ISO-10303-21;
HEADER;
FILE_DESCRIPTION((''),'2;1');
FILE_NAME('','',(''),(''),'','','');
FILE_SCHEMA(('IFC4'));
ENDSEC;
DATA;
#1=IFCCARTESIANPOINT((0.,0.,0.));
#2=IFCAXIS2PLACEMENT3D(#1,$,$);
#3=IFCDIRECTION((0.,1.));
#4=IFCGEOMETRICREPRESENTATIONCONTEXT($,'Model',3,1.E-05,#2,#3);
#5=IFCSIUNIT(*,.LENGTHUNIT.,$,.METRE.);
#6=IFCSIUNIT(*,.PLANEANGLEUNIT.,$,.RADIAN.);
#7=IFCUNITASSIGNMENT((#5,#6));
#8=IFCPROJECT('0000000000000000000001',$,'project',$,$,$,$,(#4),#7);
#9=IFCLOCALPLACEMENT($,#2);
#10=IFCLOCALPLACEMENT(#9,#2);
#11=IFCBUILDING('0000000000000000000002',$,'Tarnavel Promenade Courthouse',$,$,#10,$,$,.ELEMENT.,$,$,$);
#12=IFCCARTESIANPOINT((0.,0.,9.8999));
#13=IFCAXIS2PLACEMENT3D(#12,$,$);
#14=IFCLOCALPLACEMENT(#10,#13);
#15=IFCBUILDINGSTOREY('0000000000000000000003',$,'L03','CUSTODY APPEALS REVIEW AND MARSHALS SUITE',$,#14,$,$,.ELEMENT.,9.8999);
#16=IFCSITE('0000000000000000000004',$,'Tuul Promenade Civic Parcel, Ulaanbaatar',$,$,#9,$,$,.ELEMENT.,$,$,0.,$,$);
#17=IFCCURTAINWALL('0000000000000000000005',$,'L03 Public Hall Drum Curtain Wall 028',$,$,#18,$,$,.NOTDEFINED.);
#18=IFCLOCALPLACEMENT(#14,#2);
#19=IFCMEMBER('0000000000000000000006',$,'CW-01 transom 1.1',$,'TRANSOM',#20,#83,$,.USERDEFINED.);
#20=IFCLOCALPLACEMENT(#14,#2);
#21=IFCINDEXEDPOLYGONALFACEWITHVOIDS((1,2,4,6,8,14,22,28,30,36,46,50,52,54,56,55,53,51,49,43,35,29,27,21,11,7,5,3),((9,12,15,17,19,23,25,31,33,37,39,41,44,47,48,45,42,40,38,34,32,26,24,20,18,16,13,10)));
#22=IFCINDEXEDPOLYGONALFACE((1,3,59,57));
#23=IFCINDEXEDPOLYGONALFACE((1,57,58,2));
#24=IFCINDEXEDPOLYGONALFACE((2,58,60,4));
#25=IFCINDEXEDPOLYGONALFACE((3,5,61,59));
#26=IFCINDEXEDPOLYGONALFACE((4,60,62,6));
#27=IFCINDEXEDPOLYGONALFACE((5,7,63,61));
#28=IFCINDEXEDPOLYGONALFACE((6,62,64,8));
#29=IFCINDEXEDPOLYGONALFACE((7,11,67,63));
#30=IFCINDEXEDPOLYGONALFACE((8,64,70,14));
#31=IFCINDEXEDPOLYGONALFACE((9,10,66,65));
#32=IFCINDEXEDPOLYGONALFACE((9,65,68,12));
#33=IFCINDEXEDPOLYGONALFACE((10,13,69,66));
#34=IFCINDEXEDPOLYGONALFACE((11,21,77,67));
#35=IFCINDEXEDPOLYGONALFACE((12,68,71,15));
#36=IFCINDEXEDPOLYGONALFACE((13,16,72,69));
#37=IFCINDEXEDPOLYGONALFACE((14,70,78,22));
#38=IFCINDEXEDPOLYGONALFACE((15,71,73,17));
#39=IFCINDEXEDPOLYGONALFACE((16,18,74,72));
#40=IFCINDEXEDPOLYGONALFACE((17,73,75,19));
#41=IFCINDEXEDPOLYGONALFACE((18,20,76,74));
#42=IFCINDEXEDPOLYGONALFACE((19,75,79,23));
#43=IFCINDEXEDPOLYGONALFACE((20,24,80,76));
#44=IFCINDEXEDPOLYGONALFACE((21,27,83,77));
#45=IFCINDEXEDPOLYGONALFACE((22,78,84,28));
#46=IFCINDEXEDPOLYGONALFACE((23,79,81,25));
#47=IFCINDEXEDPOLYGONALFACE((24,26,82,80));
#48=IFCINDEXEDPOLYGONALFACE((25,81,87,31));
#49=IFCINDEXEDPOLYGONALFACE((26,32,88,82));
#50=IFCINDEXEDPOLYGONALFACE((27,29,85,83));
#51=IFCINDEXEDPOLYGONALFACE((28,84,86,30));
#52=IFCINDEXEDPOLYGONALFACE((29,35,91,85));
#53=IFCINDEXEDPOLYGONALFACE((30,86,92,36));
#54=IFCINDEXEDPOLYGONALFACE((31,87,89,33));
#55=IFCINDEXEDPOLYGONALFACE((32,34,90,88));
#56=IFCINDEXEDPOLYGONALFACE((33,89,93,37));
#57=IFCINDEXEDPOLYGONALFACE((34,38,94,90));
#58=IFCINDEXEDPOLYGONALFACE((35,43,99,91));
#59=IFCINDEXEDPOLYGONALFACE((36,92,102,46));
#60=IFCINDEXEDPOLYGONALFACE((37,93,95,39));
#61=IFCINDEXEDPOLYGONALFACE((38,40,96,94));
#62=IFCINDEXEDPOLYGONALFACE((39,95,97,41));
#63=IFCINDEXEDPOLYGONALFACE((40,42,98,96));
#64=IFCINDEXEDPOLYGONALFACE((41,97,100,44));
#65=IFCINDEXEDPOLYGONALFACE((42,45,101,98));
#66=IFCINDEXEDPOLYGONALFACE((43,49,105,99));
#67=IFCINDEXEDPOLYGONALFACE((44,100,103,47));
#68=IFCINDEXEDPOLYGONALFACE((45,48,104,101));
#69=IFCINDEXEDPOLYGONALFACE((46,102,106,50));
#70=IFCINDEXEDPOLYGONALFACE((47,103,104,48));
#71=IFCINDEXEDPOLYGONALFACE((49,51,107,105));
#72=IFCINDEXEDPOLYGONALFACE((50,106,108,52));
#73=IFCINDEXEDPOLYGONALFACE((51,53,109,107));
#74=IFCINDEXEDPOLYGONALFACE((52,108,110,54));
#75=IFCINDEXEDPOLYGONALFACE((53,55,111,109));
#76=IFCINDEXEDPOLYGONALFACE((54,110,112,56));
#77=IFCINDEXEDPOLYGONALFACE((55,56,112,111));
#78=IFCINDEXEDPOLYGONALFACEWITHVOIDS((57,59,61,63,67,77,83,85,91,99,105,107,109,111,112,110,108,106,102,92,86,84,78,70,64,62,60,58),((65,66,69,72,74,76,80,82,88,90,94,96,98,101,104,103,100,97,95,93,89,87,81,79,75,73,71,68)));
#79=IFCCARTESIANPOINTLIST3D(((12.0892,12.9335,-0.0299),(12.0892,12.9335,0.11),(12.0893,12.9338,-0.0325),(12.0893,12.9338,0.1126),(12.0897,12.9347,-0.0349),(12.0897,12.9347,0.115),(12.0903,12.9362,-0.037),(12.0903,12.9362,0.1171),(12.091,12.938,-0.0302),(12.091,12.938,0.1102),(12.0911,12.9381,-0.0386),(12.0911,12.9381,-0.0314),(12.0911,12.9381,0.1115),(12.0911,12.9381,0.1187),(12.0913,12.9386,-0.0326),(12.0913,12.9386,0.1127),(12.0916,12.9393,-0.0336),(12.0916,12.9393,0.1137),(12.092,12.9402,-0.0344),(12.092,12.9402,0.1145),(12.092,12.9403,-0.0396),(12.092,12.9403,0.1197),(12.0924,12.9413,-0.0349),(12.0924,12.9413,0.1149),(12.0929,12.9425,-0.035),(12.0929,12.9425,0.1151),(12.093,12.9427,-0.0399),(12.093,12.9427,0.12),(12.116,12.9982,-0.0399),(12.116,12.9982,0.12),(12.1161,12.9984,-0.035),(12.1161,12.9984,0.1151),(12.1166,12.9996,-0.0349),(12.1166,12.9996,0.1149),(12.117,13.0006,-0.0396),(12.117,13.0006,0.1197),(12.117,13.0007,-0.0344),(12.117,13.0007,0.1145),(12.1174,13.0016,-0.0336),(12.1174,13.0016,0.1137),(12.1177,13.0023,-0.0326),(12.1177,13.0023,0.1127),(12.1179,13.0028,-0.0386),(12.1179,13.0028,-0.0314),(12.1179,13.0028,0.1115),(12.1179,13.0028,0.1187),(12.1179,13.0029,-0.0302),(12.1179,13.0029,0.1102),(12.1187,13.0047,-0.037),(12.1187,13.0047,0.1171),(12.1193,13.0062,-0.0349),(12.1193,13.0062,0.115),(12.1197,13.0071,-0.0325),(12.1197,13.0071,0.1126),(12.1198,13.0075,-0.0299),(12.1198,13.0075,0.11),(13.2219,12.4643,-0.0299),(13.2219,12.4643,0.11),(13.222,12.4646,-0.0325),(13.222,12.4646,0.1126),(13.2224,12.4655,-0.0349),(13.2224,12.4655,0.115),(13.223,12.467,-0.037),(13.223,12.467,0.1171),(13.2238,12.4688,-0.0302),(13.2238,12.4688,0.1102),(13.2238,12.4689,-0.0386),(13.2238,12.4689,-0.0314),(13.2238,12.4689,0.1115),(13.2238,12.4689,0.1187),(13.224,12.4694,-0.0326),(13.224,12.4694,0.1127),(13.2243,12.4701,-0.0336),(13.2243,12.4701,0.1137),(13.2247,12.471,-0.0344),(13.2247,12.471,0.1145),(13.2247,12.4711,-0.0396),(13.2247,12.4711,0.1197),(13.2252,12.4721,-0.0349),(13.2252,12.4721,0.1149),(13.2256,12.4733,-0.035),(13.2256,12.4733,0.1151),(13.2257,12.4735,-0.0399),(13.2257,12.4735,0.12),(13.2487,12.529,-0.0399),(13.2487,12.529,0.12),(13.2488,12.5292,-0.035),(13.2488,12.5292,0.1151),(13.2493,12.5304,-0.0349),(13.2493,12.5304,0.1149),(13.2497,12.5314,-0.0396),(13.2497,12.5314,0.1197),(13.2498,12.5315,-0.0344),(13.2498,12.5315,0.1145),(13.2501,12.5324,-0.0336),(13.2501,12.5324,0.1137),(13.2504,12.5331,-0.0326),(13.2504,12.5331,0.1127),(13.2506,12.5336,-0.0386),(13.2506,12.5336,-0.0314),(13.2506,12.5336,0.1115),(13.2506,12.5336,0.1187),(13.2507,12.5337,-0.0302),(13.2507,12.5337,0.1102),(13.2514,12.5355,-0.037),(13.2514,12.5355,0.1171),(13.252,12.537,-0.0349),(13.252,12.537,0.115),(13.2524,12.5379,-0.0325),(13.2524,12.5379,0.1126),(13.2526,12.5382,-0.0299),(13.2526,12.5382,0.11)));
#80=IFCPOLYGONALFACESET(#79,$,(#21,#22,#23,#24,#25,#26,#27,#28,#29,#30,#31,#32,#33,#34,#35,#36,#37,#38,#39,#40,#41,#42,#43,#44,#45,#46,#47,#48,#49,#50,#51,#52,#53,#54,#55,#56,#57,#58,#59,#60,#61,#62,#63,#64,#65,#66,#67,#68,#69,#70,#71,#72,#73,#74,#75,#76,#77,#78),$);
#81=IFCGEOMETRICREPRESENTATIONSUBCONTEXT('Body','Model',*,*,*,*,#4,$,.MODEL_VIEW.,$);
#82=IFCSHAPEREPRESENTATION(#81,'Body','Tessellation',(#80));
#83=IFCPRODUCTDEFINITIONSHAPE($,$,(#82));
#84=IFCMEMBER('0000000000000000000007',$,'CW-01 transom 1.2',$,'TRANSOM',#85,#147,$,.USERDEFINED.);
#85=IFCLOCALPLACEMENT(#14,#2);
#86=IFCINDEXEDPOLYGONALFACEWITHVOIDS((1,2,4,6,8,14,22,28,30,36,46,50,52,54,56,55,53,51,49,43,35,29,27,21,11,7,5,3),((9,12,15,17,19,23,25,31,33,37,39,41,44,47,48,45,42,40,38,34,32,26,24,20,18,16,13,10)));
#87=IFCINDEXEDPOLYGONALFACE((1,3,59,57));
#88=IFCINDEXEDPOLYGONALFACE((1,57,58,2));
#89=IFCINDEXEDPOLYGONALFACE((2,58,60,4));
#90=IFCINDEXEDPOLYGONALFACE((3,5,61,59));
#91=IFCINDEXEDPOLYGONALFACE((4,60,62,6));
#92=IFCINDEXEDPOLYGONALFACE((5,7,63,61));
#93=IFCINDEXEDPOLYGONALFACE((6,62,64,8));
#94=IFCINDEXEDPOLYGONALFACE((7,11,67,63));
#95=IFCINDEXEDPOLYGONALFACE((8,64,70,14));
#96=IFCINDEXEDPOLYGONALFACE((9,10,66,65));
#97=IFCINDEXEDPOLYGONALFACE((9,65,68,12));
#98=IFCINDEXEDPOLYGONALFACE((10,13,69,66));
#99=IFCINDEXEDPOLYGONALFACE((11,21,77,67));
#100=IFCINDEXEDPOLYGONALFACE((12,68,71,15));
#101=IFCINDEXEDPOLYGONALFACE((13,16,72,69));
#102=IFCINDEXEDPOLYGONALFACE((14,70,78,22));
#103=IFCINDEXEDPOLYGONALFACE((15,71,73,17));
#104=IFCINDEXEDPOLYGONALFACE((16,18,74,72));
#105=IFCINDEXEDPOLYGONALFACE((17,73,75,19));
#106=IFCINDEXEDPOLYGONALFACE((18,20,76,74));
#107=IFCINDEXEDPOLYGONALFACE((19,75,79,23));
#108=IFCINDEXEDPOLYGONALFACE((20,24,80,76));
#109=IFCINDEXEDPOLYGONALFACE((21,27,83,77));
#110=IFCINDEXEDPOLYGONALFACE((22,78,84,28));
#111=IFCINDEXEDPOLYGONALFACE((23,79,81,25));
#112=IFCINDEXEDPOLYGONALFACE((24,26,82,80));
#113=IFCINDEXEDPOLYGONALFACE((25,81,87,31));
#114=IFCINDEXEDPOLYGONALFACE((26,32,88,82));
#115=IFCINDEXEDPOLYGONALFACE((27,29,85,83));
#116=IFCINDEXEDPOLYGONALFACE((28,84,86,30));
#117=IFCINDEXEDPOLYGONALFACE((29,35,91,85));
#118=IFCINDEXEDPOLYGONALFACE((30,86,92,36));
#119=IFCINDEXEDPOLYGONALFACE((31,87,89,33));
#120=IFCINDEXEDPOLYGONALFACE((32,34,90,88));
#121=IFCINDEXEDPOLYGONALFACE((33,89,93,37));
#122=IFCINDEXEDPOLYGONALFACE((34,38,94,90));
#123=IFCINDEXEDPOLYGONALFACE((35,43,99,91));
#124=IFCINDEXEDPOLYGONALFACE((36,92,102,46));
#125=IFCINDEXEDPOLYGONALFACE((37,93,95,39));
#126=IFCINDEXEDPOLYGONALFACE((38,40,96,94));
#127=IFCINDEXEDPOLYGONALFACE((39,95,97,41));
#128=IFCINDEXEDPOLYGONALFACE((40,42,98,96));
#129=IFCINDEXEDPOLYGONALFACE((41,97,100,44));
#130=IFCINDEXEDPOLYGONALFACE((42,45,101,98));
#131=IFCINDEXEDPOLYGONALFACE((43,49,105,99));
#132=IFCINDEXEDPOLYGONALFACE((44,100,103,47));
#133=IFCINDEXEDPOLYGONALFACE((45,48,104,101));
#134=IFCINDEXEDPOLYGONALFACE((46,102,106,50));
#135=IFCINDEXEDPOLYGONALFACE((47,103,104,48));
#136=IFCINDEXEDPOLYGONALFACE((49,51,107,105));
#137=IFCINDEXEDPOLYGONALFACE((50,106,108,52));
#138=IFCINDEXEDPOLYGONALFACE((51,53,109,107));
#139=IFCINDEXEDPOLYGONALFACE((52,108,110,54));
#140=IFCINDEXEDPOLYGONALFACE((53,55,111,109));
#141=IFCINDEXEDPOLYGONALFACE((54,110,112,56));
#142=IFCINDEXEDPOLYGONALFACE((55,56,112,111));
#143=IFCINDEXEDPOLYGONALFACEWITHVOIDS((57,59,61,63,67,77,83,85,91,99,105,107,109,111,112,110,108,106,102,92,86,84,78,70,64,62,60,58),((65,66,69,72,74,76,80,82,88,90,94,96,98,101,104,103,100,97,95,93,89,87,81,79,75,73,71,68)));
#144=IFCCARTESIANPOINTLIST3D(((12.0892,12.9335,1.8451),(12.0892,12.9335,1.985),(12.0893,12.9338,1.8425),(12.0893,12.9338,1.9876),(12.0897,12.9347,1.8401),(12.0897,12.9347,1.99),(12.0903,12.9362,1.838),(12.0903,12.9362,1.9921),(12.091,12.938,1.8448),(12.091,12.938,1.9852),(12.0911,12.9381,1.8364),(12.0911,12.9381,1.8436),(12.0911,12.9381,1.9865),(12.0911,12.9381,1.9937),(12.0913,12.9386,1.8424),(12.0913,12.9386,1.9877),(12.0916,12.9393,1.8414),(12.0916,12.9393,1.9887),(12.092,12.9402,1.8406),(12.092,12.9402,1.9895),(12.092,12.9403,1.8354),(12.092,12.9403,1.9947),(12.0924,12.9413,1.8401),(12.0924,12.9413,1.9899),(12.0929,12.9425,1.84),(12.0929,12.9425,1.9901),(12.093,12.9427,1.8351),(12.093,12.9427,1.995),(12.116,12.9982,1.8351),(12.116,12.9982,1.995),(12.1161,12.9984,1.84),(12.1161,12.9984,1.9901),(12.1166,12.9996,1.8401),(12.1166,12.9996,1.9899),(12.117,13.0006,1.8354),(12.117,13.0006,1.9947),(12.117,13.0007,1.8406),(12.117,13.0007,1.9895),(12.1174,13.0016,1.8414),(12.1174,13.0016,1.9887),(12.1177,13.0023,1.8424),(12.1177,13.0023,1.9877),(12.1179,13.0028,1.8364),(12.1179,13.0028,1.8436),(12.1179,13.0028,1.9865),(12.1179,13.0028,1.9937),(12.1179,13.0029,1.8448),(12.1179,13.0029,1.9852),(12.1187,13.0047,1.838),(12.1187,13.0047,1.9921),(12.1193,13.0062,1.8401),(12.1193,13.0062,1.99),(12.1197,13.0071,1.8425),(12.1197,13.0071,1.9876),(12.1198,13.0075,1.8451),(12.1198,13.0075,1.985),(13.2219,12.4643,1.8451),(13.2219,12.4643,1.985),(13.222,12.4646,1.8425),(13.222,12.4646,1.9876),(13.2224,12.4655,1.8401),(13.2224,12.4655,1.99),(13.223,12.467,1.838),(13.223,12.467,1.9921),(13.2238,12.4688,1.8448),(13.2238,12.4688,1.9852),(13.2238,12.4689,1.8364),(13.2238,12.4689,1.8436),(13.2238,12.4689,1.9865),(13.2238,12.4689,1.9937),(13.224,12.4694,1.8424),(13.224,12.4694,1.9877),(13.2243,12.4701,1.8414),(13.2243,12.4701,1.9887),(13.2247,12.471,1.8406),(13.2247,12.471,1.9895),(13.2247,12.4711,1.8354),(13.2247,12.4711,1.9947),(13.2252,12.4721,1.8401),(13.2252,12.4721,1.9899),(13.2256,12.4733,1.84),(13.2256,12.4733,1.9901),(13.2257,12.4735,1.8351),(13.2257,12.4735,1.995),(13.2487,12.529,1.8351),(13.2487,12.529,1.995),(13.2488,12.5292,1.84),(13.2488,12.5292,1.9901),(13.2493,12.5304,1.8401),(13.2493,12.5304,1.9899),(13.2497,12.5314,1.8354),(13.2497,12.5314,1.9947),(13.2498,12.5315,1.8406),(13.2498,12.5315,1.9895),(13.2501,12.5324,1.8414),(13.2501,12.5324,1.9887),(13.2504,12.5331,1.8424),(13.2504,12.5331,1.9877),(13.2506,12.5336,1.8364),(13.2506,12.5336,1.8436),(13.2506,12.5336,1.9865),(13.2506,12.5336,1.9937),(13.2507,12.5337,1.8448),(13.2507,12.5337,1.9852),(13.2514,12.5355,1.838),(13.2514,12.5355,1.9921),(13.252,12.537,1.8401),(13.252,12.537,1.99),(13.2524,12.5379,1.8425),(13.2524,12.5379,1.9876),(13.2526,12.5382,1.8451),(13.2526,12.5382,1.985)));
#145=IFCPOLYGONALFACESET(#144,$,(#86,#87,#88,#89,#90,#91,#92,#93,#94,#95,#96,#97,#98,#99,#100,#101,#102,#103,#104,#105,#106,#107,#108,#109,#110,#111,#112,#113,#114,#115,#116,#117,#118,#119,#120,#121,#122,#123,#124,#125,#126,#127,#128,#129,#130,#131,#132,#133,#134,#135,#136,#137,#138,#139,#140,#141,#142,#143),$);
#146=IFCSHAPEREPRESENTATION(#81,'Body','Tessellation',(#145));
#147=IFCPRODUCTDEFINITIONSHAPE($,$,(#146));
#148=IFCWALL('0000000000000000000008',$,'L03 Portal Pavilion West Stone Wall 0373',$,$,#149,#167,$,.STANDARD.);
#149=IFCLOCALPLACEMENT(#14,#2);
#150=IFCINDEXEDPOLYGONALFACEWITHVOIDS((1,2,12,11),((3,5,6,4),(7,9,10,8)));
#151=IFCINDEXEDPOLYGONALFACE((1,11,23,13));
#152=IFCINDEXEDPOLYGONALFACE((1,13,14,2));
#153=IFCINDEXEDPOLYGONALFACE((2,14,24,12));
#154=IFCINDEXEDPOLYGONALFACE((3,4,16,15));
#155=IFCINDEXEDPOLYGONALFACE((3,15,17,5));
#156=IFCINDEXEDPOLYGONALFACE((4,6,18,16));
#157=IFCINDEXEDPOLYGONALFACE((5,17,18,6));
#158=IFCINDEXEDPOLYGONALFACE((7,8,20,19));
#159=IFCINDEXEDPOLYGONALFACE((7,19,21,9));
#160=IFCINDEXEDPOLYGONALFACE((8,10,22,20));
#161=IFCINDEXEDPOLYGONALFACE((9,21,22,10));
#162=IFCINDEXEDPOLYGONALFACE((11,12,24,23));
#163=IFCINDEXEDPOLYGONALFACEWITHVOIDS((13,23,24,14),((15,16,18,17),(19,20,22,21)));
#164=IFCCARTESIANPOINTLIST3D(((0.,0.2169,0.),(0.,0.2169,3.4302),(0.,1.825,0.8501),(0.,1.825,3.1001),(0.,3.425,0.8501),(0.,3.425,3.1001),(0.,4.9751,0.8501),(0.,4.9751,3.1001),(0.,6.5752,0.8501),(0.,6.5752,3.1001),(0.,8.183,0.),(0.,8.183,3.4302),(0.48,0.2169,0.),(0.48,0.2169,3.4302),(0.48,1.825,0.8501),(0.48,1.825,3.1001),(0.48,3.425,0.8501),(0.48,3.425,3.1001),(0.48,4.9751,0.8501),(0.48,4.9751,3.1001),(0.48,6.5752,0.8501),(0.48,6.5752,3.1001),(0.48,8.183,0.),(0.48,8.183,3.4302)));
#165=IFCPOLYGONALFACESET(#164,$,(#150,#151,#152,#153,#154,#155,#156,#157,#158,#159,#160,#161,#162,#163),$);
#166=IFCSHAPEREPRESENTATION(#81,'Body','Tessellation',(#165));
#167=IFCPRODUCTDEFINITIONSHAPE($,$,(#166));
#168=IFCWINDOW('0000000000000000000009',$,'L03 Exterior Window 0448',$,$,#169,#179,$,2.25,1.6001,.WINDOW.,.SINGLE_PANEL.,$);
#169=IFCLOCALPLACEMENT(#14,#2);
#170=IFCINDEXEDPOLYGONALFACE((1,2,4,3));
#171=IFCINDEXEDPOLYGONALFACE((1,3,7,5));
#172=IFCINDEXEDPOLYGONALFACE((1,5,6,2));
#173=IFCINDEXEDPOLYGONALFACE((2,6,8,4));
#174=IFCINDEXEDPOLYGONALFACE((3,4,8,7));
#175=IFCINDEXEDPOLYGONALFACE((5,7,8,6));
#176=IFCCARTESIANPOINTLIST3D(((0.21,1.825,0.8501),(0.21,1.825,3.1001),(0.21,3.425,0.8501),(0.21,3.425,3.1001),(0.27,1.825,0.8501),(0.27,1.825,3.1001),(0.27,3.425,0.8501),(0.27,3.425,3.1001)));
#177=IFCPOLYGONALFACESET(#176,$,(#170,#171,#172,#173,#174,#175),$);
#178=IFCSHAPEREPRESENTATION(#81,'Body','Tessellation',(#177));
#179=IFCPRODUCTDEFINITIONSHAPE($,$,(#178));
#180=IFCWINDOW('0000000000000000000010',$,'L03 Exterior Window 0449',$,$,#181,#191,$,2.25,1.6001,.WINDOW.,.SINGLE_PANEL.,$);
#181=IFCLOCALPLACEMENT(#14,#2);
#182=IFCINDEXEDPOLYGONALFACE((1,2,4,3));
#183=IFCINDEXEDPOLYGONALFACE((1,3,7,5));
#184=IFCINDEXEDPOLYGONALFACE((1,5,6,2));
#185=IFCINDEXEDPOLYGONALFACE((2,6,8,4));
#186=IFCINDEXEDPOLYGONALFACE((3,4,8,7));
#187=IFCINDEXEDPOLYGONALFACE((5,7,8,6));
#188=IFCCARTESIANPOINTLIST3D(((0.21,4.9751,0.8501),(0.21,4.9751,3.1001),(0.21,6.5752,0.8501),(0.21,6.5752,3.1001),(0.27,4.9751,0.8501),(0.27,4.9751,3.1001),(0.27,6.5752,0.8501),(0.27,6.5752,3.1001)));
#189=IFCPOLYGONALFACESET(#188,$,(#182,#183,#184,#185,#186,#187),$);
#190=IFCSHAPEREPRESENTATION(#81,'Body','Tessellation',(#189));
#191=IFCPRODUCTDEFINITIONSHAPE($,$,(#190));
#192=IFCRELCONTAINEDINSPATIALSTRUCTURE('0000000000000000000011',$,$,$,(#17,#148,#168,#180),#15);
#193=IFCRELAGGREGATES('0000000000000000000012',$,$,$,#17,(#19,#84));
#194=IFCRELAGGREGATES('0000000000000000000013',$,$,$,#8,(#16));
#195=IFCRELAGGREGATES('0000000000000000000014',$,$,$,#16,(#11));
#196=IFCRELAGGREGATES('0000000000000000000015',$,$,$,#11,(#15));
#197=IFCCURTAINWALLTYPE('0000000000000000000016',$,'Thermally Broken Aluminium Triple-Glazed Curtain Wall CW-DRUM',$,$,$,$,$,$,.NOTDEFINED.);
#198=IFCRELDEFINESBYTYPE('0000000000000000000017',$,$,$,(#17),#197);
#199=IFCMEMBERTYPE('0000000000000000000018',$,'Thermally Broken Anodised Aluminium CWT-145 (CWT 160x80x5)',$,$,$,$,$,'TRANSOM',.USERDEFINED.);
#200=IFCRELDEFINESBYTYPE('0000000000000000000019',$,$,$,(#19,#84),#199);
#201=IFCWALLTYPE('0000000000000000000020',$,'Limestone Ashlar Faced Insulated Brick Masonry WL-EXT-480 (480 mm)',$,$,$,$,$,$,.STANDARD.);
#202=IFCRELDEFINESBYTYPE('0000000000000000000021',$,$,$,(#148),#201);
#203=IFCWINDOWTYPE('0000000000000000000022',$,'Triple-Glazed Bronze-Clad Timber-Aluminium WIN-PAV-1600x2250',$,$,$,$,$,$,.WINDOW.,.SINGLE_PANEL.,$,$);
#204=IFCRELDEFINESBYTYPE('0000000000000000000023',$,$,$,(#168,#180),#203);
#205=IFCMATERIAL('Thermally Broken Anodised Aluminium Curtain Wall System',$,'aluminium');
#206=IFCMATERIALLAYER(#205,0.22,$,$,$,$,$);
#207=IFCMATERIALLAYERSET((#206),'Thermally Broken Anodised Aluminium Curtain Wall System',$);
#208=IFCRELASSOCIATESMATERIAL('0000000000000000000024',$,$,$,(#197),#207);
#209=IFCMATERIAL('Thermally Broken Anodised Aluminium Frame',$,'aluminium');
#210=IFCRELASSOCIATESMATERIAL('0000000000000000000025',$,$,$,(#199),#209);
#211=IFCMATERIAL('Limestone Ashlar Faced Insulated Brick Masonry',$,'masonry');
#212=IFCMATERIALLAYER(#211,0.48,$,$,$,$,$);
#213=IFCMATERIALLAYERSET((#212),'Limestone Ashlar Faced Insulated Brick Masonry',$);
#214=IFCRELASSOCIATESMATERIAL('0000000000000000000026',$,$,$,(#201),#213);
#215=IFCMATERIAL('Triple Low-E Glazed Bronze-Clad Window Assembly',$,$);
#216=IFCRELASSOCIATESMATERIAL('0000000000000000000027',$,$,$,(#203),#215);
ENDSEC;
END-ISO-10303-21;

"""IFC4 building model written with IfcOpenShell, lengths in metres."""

from ifc_helpers import new_model, si_unit, direction, frame, frame_2d, origin, origin_2d, place, context, subcontext, project, spatial, rectangle, hollow_rectangle, extrude, material, layer, layer_set, material_profile, profile_set, type_object, element, fill, aggregate, save


model = new_model("IFC4")

# Units and contexts
model_context = context("Model", 3, precision=1e-05, world=origin(), true_north=direction((0.0, 1.0)))
body_context = subcontext(model_context, "Body", "Model", "MODEL_VIEW")
ifc_project = project(units=[si_unit("LENGTHUNIT", "METRE"), si_unit("PLANEANGLEUNIT", "RADIAN")], contexts=[model_context])

# Site, building, storey
site_placement = place(None, origin())
site = spatial("IfcSite", under=ifc_project, at=site_placement, Name="Tuul Promenade Civic Parcel, Ulaanbaatar", CompositionType="ELEMENT", RefElevation=0.0)
building_placement = place(site_placement, origin())
building = spatial("IfcBuilding", under=site, at=building_placement, Name="Tarnavel Promenade Courthouse", CompositionType="ELEMENT")
storey_placement = place(building_placement, frame((0.0, 0.0, 9.8999)))
storey = spatial("IfcBuildingStorey", under=building, at=storey_placement, Name="L03", Description="CUSTODY APPEALS REVIEW AND MARSHALS SUITE", CompositionType="ELEMENT", Elevation=9.8999)

# Curtain wall, members
ifc_material_1 = material(Name="Thermally Broken Anodised Aluminium Curtain Wall System", Category="aluminium")
ifc_layer_1 = layer(ifc_material_1, 0.22)
ifc_layer_set_1 = layer_set([ifc_layer_1], Name="Thermally Broken Anodised Aluminium Curtain Wall System")
curtain_wall_type = type_object("IfcCurtainWallType", Name="Thermally Broken Aluminium Triple-Glazed Curtain Wall CW-DRUM", PredefinedType="NOTDEFINED", material=ifc_layer_set_1)
curtain_wall_placement = place(storey_placement, origin())
curtain_wall = element("IfcCurtainWall", 1, at=curtain_wall_placement, inside=storey, type_object=curtain_wall_type, Name="L03 Public Hall Drum Curtain Wall 028", PredefinedType="NOTDEFINED")
ifc_material_2 = material(Name="Thermally Broken Anodised Aluminium Frame", Category="aluminium")
ifc_material_profile_1 = material_profile(ifc_material_2, hollow_rectangle(XDim=0.0801, YDim=0.1599, WallThickness=0.0049, InnerFilletRadius=0.0049, OuterFilletRadius=0.01, at=origin_2d()), Name="CWT 160x80x5")
ifc_profile_set_1 = profile_set([ifc_material_profile_1], Name="Thermally Broken Anodised Aluminium Frame")
member_type_1 = type_object("IfcMemberType", Name="Thermally Broken Anodised Aluminium CWT-145 (CWT 160x80x5)", ElementType="TRANSOM", PredefinedType="USERDEFINED", material=ifc_profile_set_1)
member_1_placement = place(storey_placement, frame((12.1045, 12.9705, 0.04), z_axis=(0.923876, -0.382692, 0.0), x_axis=(0.382692, 0.923876, 0.0)))
member_1 = element("IfcMember", 2, at=member_1_placement, type_object=member_type_1, Name="CW-01 transom 1.1", ObjectType="TRANSOM", PredefinedType="USERDEFINED", context=body_context, shape_type="SweptSolid", body=[
    extrude(hollow_rectangle(XDim=0.0801, YDim=0.1599, WallThickness=0.0049, InnerFilletRadius=0.0049, OuterFilletRadius=0.01, at=origin_2d()), origin(), (0.0, 0.0, 1.0), 1.2261),
])
member_2_placement = place(storey_placement, frame((12.1045, 12.9705, 1.915), z_axis=(0.923876, -0.382692, 0.0), x_axis=(0.382692, 0.923876, 0.0)))
member_2 = element("IfcMember", 3, at=member_2_placement, type_object=member_type_1, Name="CW-01 transom 1.2", ObjectType="TRANSOM", PredefinedType="USERDEFINED", context=body_context, shape_type="SweptSolid", body=[
    extrude(hollow_rectangle(XDim=0.0801, YDim=0.1599, WallThickness=0.0049, InnerFilletRadius=0.0049, OuterFilletRadius=0.01, at=origin_2d()), origin(), (0.0, 0.0, 1.0), 1.2261),
])
aggregate(curtain_wall, [member_1, member_2])

# Wall, openings, windows
ifc_material_3 = material(Name="Limestone Ashlar Faced Insulated Brick Masonry", Category="masonry")
ifc_layer_2 = layer(ifc_material_3, 0.48)
ifc_layer_set_2 = layer_set([ifc_layer_2], Name="Limestone Ashlar Faced Insulated Brick Masonry")
wall_type = type_object("IfcWallType", Name="Limestone Ashlar Faced Insulated Brick Masonry WL-EXT-480 (480 mm)", PredefinedType="STANDARD", material=ifc_layer_set_2)
wall_1_placement = place(storey_placement, frame((0.24, 0.217, 0.0), z_axis=(0.0, 0.0, 1.0), x_axis=(0.0, 1.0, 0.0)))
wall_1 = element("IfcWall", 4, at=wall_1_placement, inside=storey, type_object=wall_type, Name="L03 Portal Pavilion West Stone Wall 0373", PredefinedType="STANDARD", context=body_context, shape_type="SweptSolid", body=[
    extrude(rectangle(XDim=7.9661, YDim=0.48, at=frame_2d((3.9829, 0.0))), origin(), (0.0, 0.0, 1.0), 3.4302),
])
opening_1_placement = place(wall_1_placement, frame((1.6079, 0.0, 0.8501)))
opening_1 = element("IfcOpeningElement", 5, at=opening_1_placement, cuts=wall_1, PredefinedType="OPENING", context=body_context, shape_type="SweptSolid", body=[
    extrude(rectangle(XDim=1.6001, YDim=2.25, at=frame_2d((0.8, 1.125))), frame((0.0, 0.25, 0.0), z_axis=(0.0, -1.0, 0.0), x_axis=(1.0, 0.0, 0.0)), (0.0, 0.0, 1.0), 0.5),
])
opening_2_placement = place(wall_1_placement, frame((4.7581, 0.0, 0.8501)))
opening_2 = element("IfcOpeningElement", 6, at=opening_2_placement, cuts=wall_1, PredefinedType="OPENING", context=body_context, shape_type="SweptSolid", body=[
    extrude(rectangle(XDim=1.6001, YDim=2.25, at=frame_2d((0.8, 1.125))), frame((0.0, 0.25, 0.0), z_axis=(0.0, -1.0, 0.0), x_axis=(1.0, 0.0, 0.0)), (0.0, 0.0, 1.0), 0.5),
])
ifc_material_4 = material(Name="Triple Low-E Glazed Bronze-Clad Window Assembly")
window_type = type_object("IfcWindowType", Name="Triple-Glazed Bronze-Clad Timber-Aluminium WIN-PAV-1600x2250", PartitioningType="SINGLE_PANEL", PredefinedType="WINDOW", material=ifc_material_4)
window_1_placement = place(opening_1_placement, origin())
window_1 = element("IfcWindow", 7, at=window_1_placement, inside=storey, type_object=window_type, Name="L03 Exterior Window 0448", OverallHeight=2.25, OverallWidth=1.6001, PartitioningType="SINGLE_PANEL", PredefinedType="WINDOW", context=body_context, shape_type="SweptSolid", body=[
    extrude(rectangle(XDim=1.6001, YDim=2.25, at=frame_2d((0.8, 1.125))), frame((0.0, 0.03, 0.0), z_axis=(0.0, -1.0, 0.0), x_axis=(1.0, 0.0, 0.0)), (0.0, 0.0, 1.0), 0.0601),
])
fill(opening_1, window_1)
window_2_placement = place(opening_2_placement, origin())
window_2 = element("IfcWindow", 8, at=window_2_placement, inside=storey, type_object=window_type, Name="L03 Exterior Window 0449", OverallHeight=2.25, OverallWidth=1.6001, PartitioningType="SINGLE_PANEL", PredefinedType="WINDOW", context=body_context, shape_type="SweptSolid", body=[
    extrude(rectangle(XDim=1.6001, YDim=2.25, at=frame_2d((0.8, 1.125))), frame((0.0, 0.03, 0.0), z_axis=(0.0, -1.0, 0.0), x_axis=(1.0, 0.0, 0.0)), (0.0, 0.0, 1.0), 0.0601),
])
fill(opening_2, window_2)

save(model, "model.ifc")
